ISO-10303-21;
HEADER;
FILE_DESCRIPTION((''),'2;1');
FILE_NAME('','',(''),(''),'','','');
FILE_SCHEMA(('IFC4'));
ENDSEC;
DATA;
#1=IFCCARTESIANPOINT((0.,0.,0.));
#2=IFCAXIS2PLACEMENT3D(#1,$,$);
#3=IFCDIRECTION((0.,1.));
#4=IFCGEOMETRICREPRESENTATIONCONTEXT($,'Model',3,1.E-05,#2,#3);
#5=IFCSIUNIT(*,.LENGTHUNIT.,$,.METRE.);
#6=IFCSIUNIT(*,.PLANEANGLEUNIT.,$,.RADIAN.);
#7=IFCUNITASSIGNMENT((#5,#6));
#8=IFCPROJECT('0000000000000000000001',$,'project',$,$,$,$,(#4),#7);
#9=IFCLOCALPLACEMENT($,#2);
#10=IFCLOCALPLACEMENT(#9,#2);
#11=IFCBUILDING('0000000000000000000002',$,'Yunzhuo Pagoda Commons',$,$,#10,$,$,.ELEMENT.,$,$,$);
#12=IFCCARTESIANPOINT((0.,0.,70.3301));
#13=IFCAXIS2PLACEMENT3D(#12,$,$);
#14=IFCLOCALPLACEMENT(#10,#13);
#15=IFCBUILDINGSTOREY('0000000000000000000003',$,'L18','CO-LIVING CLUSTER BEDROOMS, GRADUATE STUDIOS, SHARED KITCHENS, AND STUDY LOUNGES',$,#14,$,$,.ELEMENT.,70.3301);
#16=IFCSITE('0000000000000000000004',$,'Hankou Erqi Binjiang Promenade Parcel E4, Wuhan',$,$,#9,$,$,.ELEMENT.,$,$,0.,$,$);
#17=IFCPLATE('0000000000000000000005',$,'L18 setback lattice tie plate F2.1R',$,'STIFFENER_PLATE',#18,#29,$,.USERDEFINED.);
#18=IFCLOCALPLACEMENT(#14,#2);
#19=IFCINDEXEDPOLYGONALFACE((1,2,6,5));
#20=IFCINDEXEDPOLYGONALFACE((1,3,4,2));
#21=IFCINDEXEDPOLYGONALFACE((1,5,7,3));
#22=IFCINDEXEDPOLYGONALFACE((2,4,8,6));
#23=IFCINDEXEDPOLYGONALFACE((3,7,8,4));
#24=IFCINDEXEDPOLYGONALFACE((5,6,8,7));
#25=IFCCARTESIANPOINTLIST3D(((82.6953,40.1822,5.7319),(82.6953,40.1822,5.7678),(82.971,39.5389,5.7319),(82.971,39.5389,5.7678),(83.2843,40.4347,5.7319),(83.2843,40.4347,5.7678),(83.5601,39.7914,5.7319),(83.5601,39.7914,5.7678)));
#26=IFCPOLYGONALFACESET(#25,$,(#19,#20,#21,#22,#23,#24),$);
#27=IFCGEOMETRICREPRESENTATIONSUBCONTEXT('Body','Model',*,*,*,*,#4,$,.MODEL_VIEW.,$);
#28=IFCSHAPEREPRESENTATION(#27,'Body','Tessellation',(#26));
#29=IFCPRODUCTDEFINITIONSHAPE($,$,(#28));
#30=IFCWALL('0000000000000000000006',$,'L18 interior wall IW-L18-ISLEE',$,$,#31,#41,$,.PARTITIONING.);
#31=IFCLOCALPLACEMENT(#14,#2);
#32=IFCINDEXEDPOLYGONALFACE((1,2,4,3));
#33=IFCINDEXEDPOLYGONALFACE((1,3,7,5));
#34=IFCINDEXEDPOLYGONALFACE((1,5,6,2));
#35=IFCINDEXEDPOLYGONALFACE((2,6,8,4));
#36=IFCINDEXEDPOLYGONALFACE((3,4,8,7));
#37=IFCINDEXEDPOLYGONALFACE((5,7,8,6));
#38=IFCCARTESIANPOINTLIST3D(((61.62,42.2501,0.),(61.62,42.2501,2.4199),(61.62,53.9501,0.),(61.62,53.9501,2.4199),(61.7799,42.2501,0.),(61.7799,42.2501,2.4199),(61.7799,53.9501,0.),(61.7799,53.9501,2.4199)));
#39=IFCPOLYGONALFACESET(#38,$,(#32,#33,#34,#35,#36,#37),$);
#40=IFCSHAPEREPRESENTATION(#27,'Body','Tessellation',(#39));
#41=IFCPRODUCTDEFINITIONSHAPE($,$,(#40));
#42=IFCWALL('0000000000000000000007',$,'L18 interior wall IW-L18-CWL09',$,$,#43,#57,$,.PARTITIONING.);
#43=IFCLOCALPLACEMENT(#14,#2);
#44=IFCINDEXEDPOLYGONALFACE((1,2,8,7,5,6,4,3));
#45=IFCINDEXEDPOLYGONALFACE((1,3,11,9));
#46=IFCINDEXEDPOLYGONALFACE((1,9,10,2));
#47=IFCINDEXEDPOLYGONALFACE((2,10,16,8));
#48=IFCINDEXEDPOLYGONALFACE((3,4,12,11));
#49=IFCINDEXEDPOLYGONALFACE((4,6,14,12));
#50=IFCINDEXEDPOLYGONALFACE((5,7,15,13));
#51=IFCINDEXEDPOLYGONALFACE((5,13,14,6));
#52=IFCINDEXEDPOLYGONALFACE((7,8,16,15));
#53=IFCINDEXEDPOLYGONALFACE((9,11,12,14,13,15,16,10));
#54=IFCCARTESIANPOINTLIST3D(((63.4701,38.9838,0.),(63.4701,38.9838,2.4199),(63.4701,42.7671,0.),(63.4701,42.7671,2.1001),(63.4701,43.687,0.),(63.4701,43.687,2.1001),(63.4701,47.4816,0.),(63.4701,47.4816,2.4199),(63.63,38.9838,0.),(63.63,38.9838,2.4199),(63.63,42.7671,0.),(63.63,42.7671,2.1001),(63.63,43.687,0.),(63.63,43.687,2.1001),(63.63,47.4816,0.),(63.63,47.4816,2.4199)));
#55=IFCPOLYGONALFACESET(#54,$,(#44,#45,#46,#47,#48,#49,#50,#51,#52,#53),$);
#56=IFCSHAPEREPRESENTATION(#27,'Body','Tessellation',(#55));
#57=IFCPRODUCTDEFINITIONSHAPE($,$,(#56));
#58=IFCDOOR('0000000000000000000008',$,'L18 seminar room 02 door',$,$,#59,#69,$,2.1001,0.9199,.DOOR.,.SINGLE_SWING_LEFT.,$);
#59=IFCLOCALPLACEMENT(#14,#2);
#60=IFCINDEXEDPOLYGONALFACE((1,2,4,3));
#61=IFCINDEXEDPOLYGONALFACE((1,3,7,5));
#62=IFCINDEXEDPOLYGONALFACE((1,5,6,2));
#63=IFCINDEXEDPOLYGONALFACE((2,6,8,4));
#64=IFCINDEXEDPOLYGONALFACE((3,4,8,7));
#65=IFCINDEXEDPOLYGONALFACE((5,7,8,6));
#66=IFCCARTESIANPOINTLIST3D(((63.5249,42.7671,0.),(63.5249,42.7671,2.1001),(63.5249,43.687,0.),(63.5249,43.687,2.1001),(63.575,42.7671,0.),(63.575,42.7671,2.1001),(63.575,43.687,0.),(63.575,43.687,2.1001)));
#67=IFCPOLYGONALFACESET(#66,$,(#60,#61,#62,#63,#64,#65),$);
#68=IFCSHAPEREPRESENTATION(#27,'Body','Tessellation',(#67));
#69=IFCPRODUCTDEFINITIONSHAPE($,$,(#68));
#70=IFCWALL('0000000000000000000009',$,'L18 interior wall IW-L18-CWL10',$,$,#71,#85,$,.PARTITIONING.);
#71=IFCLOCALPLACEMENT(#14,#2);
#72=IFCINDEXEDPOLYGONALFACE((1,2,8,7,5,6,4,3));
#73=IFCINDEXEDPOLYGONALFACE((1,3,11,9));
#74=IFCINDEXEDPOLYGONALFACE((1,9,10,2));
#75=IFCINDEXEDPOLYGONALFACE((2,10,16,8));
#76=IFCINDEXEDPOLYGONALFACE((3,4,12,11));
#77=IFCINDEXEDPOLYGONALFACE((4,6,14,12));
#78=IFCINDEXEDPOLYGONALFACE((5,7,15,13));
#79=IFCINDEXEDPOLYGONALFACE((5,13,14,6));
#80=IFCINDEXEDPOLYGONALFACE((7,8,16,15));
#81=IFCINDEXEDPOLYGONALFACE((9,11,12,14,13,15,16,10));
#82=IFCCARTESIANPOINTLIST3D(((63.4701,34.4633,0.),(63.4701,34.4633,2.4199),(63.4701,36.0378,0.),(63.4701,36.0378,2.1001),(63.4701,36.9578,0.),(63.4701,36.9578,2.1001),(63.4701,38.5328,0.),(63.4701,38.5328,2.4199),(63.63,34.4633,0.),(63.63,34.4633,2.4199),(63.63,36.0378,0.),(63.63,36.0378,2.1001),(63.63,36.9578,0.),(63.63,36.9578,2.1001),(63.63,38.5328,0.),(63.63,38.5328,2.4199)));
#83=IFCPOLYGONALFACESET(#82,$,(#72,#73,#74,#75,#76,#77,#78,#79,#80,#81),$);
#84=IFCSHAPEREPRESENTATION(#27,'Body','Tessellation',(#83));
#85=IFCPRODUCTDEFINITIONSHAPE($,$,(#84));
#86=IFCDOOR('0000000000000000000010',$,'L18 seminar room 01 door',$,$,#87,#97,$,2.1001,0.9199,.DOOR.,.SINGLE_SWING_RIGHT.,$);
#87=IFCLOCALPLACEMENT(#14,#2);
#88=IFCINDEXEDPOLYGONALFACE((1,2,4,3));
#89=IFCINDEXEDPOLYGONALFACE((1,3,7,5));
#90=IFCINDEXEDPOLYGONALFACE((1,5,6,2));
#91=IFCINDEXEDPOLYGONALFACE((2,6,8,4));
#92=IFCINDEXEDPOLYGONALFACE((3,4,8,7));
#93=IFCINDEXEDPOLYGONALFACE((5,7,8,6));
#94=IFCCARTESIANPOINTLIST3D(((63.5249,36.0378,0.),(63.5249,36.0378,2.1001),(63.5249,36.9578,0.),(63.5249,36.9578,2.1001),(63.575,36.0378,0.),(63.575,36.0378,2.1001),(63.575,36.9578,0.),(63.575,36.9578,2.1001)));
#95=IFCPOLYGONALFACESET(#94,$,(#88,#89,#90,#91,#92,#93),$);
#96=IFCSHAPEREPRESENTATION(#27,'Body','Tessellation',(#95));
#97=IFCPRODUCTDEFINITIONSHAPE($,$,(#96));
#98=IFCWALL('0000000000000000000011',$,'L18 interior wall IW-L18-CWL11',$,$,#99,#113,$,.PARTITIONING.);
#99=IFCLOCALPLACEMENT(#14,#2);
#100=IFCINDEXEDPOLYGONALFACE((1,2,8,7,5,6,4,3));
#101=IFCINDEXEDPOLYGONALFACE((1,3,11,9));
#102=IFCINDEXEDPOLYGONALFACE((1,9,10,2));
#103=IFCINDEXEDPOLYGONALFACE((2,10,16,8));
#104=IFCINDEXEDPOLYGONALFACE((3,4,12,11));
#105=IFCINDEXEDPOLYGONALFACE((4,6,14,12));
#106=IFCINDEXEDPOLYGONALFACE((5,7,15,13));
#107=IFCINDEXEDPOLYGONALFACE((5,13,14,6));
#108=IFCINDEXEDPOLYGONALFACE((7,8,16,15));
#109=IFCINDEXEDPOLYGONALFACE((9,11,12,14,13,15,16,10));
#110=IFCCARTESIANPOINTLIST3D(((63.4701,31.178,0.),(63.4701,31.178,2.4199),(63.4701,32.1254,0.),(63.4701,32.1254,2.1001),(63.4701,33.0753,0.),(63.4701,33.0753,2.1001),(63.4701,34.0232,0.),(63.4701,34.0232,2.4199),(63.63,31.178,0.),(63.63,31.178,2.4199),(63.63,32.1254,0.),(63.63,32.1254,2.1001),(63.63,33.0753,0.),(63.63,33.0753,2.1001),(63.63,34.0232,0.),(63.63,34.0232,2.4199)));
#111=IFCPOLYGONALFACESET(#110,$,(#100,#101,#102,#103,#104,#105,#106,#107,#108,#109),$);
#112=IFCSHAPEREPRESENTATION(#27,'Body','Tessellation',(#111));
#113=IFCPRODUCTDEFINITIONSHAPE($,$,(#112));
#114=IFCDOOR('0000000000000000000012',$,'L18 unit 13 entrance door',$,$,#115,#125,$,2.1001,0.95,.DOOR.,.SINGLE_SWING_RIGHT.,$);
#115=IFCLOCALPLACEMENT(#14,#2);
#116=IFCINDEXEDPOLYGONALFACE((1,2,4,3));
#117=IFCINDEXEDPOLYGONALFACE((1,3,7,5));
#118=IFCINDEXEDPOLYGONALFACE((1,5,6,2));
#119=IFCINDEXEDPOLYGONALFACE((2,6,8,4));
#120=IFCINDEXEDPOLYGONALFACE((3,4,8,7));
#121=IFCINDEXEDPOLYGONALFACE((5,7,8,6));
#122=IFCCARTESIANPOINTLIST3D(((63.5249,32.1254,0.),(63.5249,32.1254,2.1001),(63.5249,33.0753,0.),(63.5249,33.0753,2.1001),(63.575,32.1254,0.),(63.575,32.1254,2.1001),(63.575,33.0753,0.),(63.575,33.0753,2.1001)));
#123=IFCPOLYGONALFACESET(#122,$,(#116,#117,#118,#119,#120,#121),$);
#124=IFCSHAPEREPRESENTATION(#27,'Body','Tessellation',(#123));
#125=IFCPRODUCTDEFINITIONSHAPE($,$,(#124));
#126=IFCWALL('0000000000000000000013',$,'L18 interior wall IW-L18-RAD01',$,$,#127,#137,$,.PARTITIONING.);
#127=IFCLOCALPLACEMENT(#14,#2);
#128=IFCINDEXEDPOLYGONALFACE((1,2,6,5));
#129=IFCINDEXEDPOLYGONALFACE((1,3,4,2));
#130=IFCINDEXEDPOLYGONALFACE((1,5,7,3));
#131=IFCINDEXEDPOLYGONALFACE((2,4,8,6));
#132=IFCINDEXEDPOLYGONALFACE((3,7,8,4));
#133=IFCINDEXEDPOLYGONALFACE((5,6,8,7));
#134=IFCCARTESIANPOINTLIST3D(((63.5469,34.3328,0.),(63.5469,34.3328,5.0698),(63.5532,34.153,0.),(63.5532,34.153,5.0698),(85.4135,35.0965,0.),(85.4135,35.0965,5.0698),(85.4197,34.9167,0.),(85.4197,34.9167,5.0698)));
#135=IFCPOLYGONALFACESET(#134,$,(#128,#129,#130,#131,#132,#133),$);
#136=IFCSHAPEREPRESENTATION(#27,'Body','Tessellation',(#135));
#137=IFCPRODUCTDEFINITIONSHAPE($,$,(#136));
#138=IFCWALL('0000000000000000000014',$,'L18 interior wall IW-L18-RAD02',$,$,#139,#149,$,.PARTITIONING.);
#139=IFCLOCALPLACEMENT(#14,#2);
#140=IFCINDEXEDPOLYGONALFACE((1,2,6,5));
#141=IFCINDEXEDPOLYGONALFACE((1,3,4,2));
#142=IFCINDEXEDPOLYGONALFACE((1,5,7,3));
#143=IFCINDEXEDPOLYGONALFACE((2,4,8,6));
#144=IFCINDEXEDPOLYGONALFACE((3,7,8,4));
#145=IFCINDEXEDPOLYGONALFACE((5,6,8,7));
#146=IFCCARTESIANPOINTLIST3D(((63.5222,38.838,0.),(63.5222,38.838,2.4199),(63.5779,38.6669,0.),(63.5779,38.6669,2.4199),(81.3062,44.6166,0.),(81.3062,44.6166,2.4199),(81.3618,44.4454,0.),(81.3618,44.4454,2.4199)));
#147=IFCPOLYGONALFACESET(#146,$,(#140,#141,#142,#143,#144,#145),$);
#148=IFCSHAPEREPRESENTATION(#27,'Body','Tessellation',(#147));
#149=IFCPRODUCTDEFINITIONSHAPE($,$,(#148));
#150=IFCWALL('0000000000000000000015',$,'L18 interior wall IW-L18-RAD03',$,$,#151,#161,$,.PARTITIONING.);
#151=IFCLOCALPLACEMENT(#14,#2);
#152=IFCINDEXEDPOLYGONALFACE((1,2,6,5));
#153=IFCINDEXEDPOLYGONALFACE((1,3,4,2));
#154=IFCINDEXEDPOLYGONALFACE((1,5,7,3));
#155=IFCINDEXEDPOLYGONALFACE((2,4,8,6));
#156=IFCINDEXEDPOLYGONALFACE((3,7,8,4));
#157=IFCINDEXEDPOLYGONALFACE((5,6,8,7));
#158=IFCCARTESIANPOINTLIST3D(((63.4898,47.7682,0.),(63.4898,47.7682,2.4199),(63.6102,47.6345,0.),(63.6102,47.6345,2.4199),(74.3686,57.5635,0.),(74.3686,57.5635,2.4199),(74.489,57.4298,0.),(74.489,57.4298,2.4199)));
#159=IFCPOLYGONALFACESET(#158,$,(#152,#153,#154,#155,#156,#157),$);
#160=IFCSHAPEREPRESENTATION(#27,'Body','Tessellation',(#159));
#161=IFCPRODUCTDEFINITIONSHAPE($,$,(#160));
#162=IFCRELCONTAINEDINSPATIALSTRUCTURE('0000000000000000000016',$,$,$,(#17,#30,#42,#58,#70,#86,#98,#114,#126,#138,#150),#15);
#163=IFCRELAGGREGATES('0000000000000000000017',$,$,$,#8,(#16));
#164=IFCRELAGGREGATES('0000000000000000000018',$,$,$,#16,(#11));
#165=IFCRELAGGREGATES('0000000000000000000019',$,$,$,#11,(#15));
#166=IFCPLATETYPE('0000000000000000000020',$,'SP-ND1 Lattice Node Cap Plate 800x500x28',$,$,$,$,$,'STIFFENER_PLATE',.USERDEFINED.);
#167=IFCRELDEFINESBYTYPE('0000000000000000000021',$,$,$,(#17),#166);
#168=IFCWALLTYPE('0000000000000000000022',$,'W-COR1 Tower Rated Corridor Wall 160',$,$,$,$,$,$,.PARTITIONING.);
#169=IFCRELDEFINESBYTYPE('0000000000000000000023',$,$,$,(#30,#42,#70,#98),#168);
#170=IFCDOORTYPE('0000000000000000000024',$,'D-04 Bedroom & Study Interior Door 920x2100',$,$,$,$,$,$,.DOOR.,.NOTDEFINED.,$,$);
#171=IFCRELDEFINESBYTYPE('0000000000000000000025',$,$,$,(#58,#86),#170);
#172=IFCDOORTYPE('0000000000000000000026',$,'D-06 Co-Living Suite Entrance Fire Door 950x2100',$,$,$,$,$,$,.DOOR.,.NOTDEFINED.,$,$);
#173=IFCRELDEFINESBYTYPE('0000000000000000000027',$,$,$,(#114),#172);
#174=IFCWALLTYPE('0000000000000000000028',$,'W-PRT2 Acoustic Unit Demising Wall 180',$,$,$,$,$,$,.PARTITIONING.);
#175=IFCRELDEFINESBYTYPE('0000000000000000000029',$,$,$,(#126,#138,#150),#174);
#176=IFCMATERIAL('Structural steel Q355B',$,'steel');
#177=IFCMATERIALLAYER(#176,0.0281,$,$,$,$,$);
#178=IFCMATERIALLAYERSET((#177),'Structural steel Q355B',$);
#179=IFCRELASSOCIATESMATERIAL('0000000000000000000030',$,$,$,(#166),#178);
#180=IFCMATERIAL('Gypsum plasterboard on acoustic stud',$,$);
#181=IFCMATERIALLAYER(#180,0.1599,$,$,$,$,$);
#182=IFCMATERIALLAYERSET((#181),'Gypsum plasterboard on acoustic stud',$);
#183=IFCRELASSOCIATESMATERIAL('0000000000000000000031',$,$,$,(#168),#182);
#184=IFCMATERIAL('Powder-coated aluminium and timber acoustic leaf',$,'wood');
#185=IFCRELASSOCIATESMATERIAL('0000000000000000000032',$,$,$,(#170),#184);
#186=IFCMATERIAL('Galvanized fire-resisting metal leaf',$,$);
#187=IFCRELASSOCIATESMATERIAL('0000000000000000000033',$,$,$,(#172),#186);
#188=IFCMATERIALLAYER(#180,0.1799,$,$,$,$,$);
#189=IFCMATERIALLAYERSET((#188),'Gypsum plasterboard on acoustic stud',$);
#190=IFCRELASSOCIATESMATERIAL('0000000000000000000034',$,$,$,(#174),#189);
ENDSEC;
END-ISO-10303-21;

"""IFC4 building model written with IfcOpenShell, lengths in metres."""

from ifc_helpers import new_model, si_unit, direction, frame, frame_2d, origin, origin_with_axes, origin_2d, place, context, subcontext, project, spatial, rectangle, extrude, source, transform, mapped, material, layer, layer_set, type_object, element, fill, save


model = new_model("IFC4")

# Units and contexts
model_context = context("Model", 3, precision=1e-05, world=origin(), true_north=direction((0.0, 1.0)))
body_context = subcontext(model_context, "Body", "Model", "MODEL_VIEW")
ifc_project = project(units=[si_unit("LENGTHUNIT", "METRE"), si_unit("PLANEANGLEUNIT", "RADIAN")], contexts=[model_context])

# Site, building, storey
site_placement = place(None, origin())
site = spatial("IfcSite", under=ifc_project, at=site_placement, Name="Hankou Erqi Binjiang Promenade Parcel E4, Wuhan", CompositionType="ELEMENT", RefElevation=0.0)
building_placement = place(site_placement, origin())
building = spatial("IfcBuilding", under=site, at=building_placement, Name="Yunzhuo Pagoda Commons", CompositionType="ELEMENT")
storey_placement = place(building_placement, frame((0.0, 0.0, 70.3301)))
storey = spatial("IfcBuildingStorey", under=building, at=storey_placement, Name="L18", Description="CO-LIVING CLUSTER BEDROOMS, GRADUATE STUDIOS, SHARED KITCHENS, AND STUDY LOUNGES", CompositionType="ELEMENT", Elevation=70.3301)

# Shared definitions
ifc_material_1 = material(Name="Structural steel Q355B", Category="steel")

# Plate
ifc_layer_1 = layer(ifc_material_1, 0.0281)
ifc_layer_set_1 = layer_set([ifc_layer_1], Name="Structural steel Q355B")
plate_type_1 = type_object("IfcPlateType", Name="SP-ND1 Lattice Node Cap Plate 800x500x28", ElementType="STIFFENER_PLATE", PredefinedType="USERDEFINED", material=ifc_layer_set_1)
shared_shape_1 = source(origin(), body_context, "Body", "SweptSolid", [
    extrude(rectangle(XDim=0.7, YDim=0.6409, at=origin_2d()), origin(), (0.0, 0.0, 1.0), 0.0359),
])
plate_1_placement = place(storey_placement, frame((83.1277, 39.9868, 5.7319), z_axis=(0.0, 0.0, 1.0), x_axis=(-0.393974, 0.919122, 0.0)))
element("IfcPlate", 1, at=plate_1_placement, inside=storey, type_object=plate_type_1, Name="L18 setback lattice tie plate F2.1R", ObjectType="STIFFENER_PLATE", PredefinedType="USERDEFINED", context=body_context, shape_type="MappedRepresentation", body=[
    mapped(shared_shape_1, transform((0.0, 0.0, 0.0), scale=1.0)),
])

# Wall
ifc_material_2 = material(Name="Gypsum plasterboard on acoustic stud")
ifc_layer_2 = layer(ifc_material_2, 0.1599)
ifc_layer_set_2 = layer_set([ifc_layer_2], Name="Gypsum plasterboard on acoustic stud")
wall_type_1 = type_object("IfcWallType", Name="W-COR1 Tower Rated Corridor Wall 160", PredefinedType="PARTITIONING", material=ifc_layer_set_2)
wall_1_placement = place(storey_placement, frame((61.7, 42.25, 0.0), z_axis=(0.0, 0.0, 1.0), x_axis=(0.0, 1.0, 0.0)))
element("IfcWall", 2, at=wall_1_placement, inside=storey, type_object=wall_type_1, Name="L18 interior wall IW-L18-ISLEE", PredefinedType="PARTITIONING", context=body_context, shape_type="SweptSolid", body=[
    extrude(rectangle(XDim=11.7, YDim=0.1599, at=frame_2d((5.8501, 0.0))), origin(), (0.0, 0.0, 1.0), 2.4199),
])

# Walls, openings, doors
wall_2_placement = place(storey_placement, frame((63.55, 47.4817, 0.0), z_axis=(0.0, 0.0, 1.0), x_axis=(0.0, -1.0, 0.0)))
wall_2 = element("IfcWall", 3, at=wall_2_placement, inside=storey, type_object=wall_type_1, Name="L18 interior wall IW-L18-CWL09", PredefinedType="PARTITIONING", context=body_context, shape_type="SweptSolid", body=[
    extrude(rectangle(XDim=8.4978, YDim=0.1599, at=frame_2d((4.249, 0.0))), origin(), (0.0, 0.0, 1.0), 2.4199),
])
opening_1_placement = place(wall_2_placement, frame((3.7947, 0.0, 0.0)))
opening_1 = element("IfcOpeningElement", 4, at=opening_1_placement, cuts=wall_2, PredefinedType="OPENING", context=body_context, shape_type="SweptSolid", body=[
    extrude(rectangle(XDim=0.9199, YDim=2.1001, at=frame_2d((0.46, 1.05))), frame((0.0, 0.0898, 0.0), z_axis=(0.0, -1.0, 0.0), x_axis=(1.0, 0.0, 0.0)), (0.0, 0.0, 1.0), 0.1799),
])
ifc_material_3 = material(Name="Powder-coated aluminium and timber acoustic leaf", Category="wood")
door_type_1 = type_object("IfcDoorType", Name="D-04 Bedroom & Study Interior Door 920x2100", OperationType="NOTDEFINED", PredefinedType="DOOR", material=ifc_material_3)
shared_shape_2 = source(origin(), body_context, "Body", "SweptSolid", [
    extrude(rectangle(XDim=0.9199, YDim=2.1001, at=frame_2d((0.46, 1.05))), frame((0.0, 0.0249, 0.0), z_axis=(0.0, -1.0, 0.0), x_axis=(1.0, 0.0, 0.0)), (0.0, 0.0, 1.0), 0.05),
])
door_1_placement = place(opening_1_placement, origin_with_axes())
door_1 = element("IfcDoor", 5, at=door_1_placement, inside=storey, type_object=door_type_1, Name="L18 seminar room 02 door", OperationType="SINGLE_SWING_LEFT", OverallHeight=2.1001, OverallWidth=0.9199, PredefinedType="DOOR", context=body_context, shape_type="MappedRepresentation", body=[
    mapped(shared_shape_2, transform((0.0, 0.0, 0.0), scale=1.0)),
])
fill(opening_1, door_1)
wall_3_placement = place(storey_placement, frame((63.55, 38.5327, 0.0), z_axis=(0.0, 0.0, 1.0), x_axis=(0.0, -1.0, 0.0)))
wall_3 = element("IfcWall", 6, at=wall_3_placement, inside=storey, type_object=wall_type_1, Name="L18 interior wall IW-L18-CWL10", PredefinedType="PARTITIONING", context=body_context, shape_type="SweptSolid", body=[
    extrude(rectangle(XDim=4.0696, YDim=0.1599, at=frame_2d((2.0347, 0.0))), origin(), (0.0, 0.0, 1.0), 2.4199),
])
opening_2_placement = place(wall_3_placement, frame((1.575, 0.0, 0.0)))
opening_2 = element("IfcOpeningElement", 7, at=opening_2_placement, cuts=wall_3, PredefinedType="OPENING", context=body_context, shape_type="SweptSolid", body=[
    extrude(rectangle(XDim=0.9199, YDim=2.1001, at=frame_2d((0.46, 1.05))), frame((0.0, 0.0898, 0.0), z_axis=(0.0, -1.0, 0.0), x_axis=(1.0, 0.0, 0.0)), (0.0, 0.0, 1.0), 0.1799),
])
door_2_placement = place(opening_2_placement, origin_with_axes())
door_2 = element("IfcDoor", 8, at=door_2_placement, inside=storey, type_object=door_type_1, Name="L18 seminar room 01 door", OperationType="SINGLE_SWING_RIGHT", OverallHeight=2.1001, OverallWidth=0.9199, PredefinedType="DOOR", context=body_context, shape_type="MappedRepresentation", body=[
    mapped(shared_shape_2, transform((0.0, 0.0, 0.0), scale=1.0)),
])
fill(opening_2, door_2)
wall_4_placement = place(storey_placement, frame((63.55, 34.0232, 0.0), z_axis=(0.0, 0.0, 1.0), x_axis=(0.0, -1.0, 0.0)))
wall_4 = element("IfcWall", 9, at=wall_4_placement, inside=storey, type_object=wall_type_1, Name="L18 interior wall IW-L18-CWL11", PredefinedType="PARTITIONING", context=body_context, shape_type="SweptSolid", body=[
    extrude(rectangle(XDim=2.8452, YDim=0.1599, at=frame_2d((1.4226, 0.0))), origin(), (0.0, 0.0, 1.0), 2.4199),
])
opening_3_placement = place(wall_4_placement, frame((0.9478, 0.0, 0.0)))
opening_3 = element("IfcOpeningElement", 10, at=opening_3_placement, cuts=wall_4, PredefinedType="OPENING", context=body_context, shape_type="SweptSolid", body=[
    extrude(rectangle(XDim=0.95, YDim=2.1001, at=frame_2d((0.4751, 1.05))), frame((0.0, 0.0898, 0.0), z_axis=(0.0, -1.0, 0.0), x_axis=(1.0, 0.0, 0.0)), (0.0, 0.0, 1.0), 0.1799),
])
ifc_material_4 = material(Name="Galvanized fire-resisting metal leaf")
door_type_2 = type_object("IfcDoorType", Name="D-06 Co-Living Suite Entrance Fire Door 950x2100", OperationType="NOTDEFINED", PredefinedType="DOOR", material=ifc_material_4)
shared_shape_3 = source(origin(), body_context, "Body", "SweptSolid", [
    extrude(rectangle(XDim=0.95, YDim=2.1001, at=frame_2d((0.4751, 1.05))), frame((0.0, 0.0249, 0.0), z_axis=(0.0, -1.0, 0.0), x_axis=(1.0, 0.0, 0.0)), (0.0, 0.0, 1.0), 0.05),
])
door_3_placement = place(opening_3_placement, origin_with_axes())
door_3 = element("IfcDoor", 11, at=door_3_placement, inside=storey, type_object=door_type_2, Name="L18 unit 13 entrance door", OperationType="SINGLE_SWING_RIGHT", OverallHeight=2.1001, OverallWidth=0.95, PredefinedType="DOOR", context=body_context, shape_type="MappedRepresentation", body=[
    mapped(shared_shape_3, transform((0.0, 0.0, 0.0), scale=1.0)),
])
fill(opening_3, door_3)

# Walls
ifc_layer_3 = layer(ifc_material_2, 0.1799)
ifc_layer_set_3 = layer_set([ifc_layer_3], Name="Gypsum plasterboard on acoustic stud")
wall_type_2 = type_object("IfcWallType", Name="W-PRT2 Acoustic Unit Demising Wall 180", PredefinedType="PARTITIONING", material=ifc_layer_set_3)
wall_5_placement = place(storey_placement, frame((63.55, 34.2429, 0.0), z_axis=(0.0, 0.0, 1.0), x_axis=(0.999391, 0.034903, 0.0)))
element("IfcWall", 12, at=wall_5_placement, inside=storey, type_object=wall_type_2, Name="L18 interior wall IW-L18-RAD01", PredefinedType="PARTITIONING", context=body_context, shape_type="SweptSolid", body=[
    extrude(rectangle(XDim=21.8799, YDim=0.1799, at=frame_2d((10.9399, 0.0))), origin(), (0.0, 0.0, 1.0), 5.0698),
])
wall_6_placement = place(storey_placement, frame((63.55, 38.7524, 0.0), z_axis=(0.0, 0.0, 1.0), x_axis=(0.951053, 0.309027, 0.0)))
element("IfcWall", 13, at=wall_6_placement, inside=storey, type_object=wall_type_2, Name="L18 interior wall IW-L18-RAD02", PredefinedType="PARTITIONING", context=body_context, shape_type="SweptSolid", body=[
    extrude(rectangle(XDim=18.6992, YDim=0.1799, at=frame_2d((9.3496, 0.0))), origin(), (0.0, 0.0, 1.0), 2.4199),
])
wall_7_placement = place(storey_placement, frame((63.55, 47.7014, 0.0), z_axis=(0.0, 0.0, 1.0), x_axis=(0.743145, 0.669131, 0.0)))
element("IfcWall", 14, at=wall_7_placement, inside=storey, type_object=wall_type_2, Name="L18 interior wall IW-L18-RAD03", PredefinedType="PARTITIONING", context=body_context, shape_type="SweptSolid", body=[
    extrude(rectangle(XDim=14.6389, YDim=0.1799, at=frame_2d((7.3193, 0.0))), origin(), (0.0, 0.0, 1.0), 2.4199),
])

save(model, "model.ifc")
